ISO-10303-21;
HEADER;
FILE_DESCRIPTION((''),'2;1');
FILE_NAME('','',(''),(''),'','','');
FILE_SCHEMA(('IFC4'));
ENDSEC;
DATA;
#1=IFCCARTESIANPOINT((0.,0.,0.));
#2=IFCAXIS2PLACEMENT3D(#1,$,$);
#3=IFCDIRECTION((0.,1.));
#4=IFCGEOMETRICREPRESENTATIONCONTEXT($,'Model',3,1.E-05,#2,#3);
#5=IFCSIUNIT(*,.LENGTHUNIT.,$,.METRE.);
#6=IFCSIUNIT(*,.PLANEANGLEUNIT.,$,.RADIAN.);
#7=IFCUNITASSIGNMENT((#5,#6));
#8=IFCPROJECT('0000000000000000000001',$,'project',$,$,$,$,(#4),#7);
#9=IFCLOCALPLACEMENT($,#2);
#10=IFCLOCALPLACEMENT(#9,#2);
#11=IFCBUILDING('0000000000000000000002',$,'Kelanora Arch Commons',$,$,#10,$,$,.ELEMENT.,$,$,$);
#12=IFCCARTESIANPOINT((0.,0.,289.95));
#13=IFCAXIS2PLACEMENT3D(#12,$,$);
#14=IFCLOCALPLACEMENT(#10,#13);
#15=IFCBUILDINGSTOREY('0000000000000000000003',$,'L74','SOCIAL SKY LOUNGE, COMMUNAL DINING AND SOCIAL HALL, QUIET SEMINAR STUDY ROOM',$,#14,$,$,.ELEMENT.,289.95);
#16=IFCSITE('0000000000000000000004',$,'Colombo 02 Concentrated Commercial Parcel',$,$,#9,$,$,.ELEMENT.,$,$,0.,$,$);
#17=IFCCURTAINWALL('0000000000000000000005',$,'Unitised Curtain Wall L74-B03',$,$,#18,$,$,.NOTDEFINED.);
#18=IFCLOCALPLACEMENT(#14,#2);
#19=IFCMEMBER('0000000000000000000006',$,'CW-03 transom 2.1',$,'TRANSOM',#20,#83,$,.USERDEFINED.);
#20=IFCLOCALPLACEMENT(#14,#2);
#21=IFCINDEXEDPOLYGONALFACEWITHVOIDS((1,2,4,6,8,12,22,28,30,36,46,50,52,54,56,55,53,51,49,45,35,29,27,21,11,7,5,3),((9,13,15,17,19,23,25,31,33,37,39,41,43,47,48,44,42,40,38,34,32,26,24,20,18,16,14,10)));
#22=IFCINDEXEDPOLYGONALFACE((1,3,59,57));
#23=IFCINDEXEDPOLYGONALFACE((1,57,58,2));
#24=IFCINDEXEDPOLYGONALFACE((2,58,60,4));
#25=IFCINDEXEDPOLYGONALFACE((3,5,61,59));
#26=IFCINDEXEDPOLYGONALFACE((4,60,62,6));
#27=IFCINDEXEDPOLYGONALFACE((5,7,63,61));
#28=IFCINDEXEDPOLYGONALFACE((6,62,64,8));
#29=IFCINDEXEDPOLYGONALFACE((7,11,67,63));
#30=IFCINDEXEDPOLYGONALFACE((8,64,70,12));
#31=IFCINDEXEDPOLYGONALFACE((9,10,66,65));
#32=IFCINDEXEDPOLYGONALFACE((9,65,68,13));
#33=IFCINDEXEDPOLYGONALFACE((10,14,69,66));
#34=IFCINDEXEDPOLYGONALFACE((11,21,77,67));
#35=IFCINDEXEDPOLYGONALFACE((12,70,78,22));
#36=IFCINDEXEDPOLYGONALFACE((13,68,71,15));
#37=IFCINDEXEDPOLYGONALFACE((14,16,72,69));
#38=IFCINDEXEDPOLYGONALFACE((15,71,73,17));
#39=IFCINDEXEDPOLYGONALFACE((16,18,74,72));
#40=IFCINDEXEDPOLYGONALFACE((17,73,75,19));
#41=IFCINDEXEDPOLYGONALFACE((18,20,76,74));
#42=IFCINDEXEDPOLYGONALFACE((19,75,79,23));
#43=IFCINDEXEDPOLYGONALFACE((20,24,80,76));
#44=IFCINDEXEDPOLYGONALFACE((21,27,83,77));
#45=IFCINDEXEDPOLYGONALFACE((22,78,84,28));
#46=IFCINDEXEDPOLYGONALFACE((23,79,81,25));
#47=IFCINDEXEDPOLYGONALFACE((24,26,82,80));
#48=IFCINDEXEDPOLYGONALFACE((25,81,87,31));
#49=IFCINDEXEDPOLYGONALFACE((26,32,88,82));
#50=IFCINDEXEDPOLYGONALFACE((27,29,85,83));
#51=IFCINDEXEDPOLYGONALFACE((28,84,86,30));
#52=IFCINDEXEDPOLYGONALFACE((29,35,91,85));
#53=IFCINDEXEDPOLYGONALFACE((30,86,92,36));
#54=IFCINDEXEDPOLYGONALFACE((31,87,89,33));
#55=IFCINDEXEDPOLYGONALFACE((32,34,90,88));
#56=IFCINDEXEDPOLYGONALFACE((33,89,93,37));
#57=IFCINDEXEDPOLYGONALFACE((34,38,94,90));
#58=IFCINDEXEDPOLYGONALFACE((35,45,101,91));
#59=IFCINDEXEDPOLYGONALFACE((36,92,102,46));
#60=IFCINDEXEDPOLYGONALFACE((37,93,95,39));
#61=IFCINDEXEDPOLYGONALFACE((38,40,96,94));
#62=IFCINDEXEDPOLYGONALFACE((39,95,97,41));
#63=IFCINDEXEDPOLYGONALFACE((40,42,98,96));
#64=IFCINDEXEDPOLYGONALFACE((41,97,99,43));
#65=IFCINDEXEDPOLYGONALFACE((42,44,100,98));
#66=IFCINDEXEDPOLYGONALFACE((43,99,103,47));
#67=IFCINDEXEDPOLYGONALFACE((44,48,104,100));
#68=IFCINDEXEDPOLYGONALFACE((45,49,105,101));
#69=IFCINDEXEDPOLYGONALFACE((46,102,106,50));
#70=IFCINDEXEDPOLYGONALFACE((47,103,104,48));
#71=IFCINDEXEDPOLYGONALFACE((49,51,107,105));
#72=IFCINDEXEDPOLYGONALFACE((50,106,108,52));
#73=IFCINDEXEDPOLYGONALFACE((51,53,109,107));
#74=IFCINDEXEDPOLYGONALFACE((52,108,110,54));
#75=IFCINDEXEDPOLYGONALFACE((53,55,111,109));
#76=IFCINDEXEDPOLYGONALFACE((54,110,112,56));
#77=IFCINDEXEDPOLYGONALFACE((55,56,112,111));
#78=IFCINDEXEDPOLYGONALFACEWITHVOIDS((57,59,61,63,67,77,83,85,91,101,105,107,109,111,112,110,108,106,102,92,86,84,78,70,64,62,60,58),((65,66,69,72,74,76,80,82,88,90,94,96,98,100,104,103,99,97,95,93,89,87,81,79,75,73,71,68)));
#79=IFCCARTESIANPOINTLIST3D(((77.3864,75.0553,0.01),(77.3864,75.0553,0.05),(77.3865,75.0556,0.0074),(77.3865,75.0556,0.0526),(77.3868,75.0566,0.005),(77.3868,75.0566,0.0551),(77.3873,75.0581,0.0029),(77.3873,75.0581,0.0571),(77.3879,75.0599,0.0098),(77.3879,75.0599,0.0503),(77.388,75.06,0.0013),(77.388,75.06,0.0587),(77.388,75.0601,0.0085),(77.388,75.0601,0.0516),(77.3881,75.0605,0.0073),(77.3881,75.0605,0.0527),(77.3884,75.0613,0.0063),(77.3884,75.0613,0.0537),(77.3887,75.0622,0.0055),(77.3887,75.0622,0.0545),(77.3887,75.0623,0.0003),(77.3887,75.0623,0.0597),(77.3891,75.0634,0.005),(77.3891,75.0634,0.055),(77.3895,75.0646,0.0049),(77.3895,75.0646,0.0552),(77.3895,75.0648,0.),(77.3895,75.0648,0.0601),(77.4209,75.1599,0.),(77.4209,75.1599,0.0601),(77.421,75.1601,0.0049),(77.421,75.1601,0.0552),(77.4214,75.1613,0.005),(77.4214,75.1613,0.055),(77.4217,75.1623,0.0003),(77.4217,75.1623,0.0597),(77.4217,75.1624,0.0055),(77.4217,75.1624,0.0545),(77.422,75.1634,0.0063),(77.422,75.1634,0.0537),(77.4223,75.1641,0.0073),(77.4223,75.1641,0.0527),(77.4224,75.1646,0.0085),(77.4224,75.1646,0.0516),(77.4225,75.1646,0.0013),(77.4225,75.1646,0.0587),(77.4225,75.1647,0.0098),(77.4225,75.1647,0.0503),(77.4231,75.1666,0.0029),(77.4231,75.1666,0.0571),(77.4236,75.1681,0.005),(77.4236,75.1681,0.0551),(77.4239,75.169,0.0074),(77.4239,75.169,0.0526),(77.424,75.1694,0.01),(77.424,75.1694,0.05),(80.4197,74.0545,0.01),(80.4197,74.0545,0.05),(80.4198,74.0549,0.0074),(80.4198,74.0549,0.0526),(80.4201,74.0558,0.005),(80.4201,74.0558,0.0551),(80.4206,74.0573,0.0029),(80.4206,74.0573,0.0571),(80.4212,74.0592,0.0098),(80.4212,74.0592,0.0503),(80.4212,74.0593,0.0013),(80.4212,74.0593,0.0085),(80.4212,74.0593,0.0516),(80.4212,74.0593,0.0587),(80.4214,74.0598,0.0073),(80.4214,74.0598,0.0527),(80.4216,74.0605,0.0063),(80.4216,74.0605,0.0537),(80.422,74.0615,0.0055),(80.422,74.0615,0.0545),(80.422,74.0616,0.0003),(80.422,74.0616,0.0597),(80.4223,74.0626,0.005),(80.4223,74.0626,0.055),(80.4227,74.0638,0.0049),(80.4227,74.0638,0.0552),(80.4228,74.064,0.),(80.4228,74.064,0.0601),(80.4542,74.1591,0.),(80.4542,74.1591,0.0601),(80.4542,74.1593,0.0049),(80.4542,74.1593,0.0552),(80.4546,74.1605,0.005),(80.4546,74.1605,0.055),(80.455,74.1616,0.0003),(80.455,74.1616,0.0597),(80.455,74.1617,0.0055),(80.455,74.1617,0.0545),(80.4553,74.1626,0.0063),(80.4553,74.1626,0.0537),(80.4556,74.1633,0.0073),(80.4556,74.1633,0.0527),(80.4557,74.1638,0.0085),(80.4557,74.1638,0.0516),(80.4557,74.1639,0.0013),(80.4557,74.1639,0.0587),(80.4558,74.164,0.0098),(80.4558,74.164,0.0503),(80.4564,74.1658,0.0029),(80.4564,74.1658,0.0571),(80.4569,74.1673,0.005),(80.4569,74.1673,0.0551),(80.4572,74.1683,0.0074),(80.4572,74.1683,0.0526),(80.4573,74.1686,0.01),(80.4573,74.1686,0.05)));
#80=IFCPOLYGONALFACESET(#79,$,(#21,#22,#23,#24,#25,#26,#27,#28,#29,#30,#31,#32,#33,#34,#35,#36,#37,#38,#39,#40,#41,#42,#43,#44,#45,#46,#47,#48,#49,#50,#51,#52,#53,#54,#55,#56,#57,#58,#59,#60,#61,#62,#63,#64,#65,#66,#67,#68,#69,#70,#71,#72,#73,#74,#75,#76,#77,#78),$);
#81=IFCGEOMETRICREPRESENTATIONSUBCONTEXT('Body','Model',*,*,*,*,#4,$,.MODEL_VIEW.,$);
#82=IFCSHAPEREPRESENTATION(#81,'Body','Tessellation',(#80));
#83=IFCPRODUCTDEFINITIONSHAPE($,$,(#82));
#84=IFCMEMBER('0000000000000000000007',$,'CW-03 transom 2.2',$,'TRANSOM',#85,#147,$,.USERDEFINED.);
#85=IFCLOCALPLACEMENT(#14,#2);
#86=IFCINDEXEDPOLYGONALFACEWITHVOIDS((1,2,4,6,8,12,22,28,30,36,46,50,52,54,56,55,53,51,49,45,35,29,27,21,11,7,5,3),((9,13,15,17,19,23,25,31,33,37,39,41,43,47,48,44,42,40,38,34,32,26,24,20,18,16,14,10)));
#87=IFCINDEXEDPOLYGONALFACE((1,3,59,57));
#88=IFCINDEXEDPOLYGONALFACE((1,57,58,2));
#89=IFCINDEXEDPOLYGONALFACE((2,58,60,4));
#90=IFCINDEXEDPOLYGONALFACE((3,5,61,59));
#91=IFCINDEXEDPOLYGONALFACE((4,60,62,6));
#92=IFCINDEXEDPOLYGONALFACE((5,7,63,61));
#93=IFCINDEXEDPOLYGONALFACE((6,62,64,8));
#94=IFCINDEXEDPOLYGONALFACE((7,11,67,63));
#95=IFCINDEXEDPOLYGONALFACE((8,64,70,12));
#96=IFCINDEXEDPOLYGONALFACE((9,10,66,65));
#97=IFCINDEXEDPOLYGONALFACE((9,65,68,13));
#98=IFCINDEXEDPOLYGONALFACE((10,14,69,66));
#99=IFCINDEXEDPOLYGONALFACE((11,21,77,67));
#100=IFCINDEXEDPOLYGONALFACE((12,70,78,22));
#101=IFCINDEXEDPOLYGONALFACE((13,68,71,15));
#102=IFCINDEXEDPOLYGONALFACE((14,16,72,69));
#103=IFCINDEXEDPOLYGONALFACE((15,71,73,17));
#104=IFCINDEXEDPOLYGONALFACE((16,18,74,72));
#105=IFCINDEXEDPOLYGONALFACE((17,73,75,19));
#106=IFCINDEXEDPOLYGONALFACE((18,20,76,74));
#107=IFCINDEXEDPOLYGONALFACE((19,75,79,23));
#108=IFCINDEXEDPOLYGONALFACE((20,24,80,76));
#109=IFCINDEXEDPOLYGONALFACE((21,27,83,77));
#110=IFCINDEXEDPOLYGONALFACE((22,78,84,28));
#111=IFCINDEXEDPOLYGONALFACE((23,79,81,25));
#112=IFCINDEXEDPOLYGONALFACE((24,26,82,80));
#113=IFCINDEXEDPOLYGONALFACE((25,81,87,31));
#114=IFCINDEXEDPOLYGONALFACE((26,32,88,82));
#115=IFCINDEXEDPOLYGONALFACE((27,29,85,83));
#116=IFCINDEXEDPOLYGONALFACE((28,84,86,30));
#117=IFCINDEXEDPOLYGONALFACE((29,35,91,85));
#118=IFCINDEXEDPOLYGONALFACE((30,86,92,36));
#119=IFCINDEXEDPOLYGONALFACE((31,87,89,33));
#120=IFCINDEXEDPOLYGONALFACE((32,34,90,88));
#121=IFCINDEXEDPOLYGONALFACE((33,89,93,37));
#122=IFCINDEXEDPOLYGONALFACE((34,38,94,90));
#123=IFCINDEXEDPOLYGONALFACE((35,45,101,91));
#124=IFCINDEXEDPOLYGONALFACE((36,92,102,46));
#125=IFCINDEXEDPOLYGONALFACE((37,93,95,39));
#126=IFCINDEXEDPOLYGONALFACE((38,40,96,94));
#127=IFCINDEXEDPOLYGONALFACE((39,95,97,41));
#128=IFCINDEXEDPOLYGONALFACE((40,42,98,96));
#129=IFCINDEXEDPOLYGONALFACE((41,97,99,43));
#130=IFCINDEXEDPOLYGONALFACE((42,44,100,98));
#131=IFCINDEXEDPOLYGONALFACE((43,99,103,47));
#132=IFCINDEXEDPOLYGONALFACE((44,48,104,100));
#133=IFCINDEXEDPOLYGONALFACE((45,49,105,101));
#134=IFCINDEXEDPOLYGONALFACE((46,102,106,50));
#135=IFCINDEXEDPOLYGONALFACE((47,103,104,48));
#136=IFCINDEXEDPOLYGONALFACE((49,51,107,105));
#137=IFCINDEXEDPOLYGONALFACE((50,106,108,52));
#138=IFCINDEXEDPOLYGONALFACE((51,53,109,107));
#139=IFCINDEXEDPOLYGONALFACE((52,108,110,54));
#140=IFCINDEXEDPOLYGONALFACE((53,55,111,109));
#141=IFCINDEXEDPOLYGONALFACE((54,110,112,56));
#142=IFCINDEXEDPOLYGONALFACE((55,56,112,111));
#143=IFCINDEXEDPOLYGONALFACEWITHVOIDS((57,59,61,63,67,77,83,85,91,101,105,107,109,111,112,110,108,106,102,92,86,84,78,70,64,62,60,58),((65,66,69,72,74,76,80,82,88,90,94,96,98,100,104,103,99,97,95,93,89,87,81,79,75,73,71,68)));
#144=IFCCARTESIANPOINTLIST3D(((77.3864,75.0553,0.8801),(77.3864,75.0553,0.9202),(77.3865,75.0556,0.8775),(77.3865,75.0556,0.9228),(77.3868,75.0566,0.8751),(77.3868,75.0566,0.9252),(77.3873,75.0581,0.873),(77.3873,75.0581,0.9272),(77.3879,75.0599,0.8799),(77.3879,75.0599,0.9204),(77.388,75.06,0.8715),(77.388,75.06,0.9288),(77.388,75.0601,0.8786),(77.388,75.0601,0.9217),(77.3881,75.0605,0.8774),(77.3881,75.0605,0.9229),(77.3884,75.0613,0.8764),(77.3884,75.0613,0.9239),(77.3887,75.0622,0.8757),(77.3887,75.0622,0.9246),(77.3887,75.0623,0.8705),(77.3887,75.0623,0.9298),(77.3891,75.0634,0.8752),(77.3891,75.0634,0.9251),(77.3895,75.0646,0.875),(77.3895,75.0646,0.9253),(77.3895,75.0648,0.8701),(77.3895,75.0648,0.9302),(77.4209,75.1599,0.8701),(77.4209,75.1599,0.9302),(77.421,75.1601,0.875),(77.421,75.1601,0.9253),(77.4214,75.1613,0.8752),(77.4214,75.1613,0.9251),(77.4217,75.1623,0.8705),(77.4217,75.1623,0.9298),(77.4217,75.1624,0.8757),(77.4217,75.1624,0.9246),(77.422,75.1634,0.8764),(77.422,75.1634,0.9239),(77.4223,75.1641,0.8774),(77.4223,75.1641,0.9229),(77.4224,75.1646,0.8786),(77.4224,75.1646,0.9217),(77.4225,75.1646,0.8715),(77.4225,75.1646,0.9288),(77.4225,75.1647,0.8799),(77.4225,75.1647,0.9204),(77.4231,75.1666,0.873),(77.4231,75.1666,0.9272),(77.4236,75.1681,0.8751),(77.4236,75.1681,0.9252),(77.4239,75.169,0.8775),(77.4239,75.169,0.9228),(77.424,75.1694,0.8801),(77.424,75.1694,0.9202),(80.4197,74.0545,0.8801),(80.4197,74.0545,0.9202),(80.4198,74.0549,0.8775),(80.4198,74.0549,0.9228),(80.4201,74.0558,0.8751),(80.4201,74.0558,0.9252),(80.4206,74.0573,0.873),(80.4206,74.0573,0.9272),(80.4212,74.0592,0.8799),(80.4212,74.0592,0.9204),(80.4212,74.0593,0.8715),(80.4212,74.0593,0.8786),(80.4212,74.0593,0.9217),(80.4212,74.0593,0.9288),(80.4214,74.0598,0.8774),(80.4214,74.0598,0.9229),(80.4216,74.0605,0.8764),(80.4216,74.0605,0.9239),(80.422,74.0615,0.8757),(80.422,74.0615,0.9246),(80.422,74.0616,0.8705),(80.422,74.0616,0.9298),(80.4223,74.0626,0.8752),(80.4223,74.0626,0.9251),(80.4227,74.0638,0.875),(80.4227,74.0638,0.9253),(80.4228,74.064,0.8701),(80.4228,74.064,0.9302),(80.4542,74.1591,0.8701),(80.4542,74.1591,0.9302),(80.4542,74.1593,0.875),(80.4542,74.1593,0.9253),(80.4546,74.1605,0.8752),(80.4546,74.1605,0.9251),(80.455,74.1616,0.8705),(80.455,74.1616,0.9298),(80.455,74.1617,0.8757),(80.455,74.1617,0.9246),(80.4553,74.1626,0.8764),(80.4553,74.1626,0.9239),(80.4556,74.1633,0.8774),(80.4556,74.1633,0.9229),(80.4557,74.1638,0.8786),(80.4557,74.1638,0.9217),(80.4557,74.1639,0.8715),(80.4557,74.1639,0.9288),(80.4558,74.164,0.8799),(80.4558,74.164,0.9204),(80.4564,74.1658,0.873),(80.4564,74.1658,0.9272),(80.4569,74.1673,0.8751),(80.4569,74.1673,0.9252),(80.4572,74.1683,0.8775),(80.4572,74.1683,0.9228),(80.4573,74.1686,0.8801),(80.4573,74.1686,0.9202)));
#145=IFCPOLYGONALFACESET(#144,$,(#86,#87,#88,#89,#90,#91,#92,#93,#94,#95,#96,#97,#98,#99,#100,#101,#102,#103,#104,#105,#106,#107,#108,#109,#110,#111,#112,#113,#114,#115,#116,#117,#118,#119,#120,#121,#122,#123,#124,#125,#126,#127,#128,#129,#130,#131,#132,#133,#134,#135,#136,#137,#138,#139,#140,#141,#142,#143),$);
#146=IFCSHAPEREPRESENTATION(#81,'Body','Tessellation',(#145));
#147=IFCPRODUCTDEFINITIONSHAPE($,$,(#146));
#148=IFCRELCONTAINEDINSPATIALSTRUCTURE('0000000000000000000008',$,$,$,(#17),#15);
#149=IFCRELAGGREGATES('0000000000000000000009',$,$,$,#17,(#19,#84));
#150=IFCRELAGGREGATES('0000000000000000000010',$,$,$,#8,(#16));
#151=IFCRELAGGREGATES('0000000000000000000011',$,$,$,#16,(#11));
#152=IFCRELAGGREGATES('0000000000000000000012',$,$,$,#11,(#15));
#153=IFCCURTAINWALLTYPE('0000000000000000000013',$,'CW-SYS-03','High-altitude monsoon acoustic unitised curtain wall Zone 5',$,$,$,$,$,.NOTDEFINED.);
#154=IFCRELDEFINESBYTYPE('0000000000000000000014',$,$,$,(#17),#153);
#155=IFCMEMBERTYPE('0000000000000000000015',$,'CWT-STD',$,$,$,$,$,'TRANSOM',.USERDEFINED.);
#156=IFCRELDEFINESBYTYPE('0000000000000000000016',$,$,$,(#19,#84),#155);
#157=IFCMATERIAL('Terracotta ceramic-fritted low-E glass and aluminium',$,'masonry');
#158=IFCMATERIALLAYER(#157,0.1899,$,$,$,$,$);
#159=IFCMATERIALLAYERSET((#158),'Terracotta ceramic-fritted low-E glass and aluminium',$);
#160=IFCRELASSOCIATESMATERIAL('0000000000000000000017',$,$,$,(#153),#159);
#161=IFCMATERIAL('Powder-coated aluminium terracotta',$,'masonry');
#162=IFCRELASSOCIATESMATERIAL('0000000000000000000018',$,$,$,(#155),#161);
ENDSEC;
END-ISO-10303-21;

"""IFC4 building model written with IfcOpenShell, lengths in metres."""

from ifc_helpers import new_model, si_unit, direction, frame, origin, origin_2d, place, context, subcontext, project, spatial, hollow_rectangle, extrude, material, layer, layer_set, material_profile, profile_set, type_object, element, aggregate, save


model = new_model("IFC4")

# Units and contexts
model_context = context("Model", 3, precision=1e-05, world=origin(), true_north=direction((0.0, 1.0)))
body_context = subcontext(model_context, "Body", "Model", "MODEL_VIEW")
ifc_project = project(units=[si_unit("LENGTHUNIT", "METRE"), si_unit("PLANEANGLEUNIT", "RADIAN")], contexts=[model_context])

# Site, building, storey
site_placement = place(None, origin())
site = spatial("IfcSite", under=ifc_project, at=site_placement, Name="Colombo 02 Concentrated Commercial Parcel", CompositionType="ELEMENT", RefElevation=0.0)
building_placement = place(site_placement, origin())
building = spatial("IfcBuilding", under=site, at=building_placement, Name="Kelanora Arch Commons", CompositionType="ELEMENT")
storey_placement = place(building_placement, frame((0.0, 0.0, 289.95)))
storey = spatial("IfcBuildingStorey", under=building, at=storey_placement, Name="L74", Description="SOCIAL SKY LOUNGE, COMMUNAL DINING AND SOCIAL HALL, QUIET SEMINAR STUDY ROOM", CompositionType="ELEMENT", Elevation=289.95)

# Curtain wall, members
ifc_material_1 = material(Name="Terracotta ceramic-fritted low-E glass and aluminium", Category="masonry")
ifc_layer_1 = layer(ifc_material_1, 0.1899)
ifc_layer_set_1 = layer_set([ifc_layer_1], Name="Terracotta ceramic-fritted low-E glass and aluminium")
curtain_wall_type = type_object("IfcCurtainWallType", Name="CW-SYS-03", Description="High-altitude monsoon acoustic unitised curtain wall Zone 5", PredefinedType="NOTDEFINED", material=ifc_layer_set_1)
curtain_wall_placement = place(storey_placement, origin())
curtain_wall = element("IfcCurtainWall", 1, at=curtain_wall_placement, inside=storey, type_object=curtain_wall_type, Name="Unitised Curtain Wall L74-B03", PredefinedType="NOTDEFINED")
ifc_material_2 = material(Name="Powder-coated aluminium terracotta", Category="masonry")
ifc_material_profile_1 = material_profile(ifc_material_2, hollow_rectangle(XDim=0.1201, YDim=0.0601, WallThickness=0.0049, InnerFilletRadius=0.0049, OuterFilletRadius=0.01, at=origin_2d()), Name="CWT120x60")
ifc_profile_set_1 = profile_set([ifc_material_profile_1], Name="Powder-coated aluminium terracotta")
member_type_1 = type_object("IfcMemberType", Name="CWT-STD", ElementType="TRANSOM", PredefinedType="USERDEFINED", material=ifc_profile_set_1)
member_1_placement = place(storey_placement, frame((80.4385, 74.1116, 0.03), z_axis=(-0.94965, 0.313314, 0.0), x_axis=(-0.313314, -0.94965, 0.0)))
member_1 = element("IfcMember", 2, at=member_1_placement, type_object=member_type_1, Name="CW-03 transom 2.1", ObjectType="TRANSOM", PredefinedType="USERDEFINED", context=body_context, shape_type="SweptSolid", body=[
    extrude(hollow_rectangle(XDim=0.1201, YDim=0.0601, WallThickness=0.0049, InnerFilletRadius=0.0049, OuterFilletRadius=0.01, at=origin_2d()), origin(), (0.0, 0.0, 1.0), 3.1941),
])
member_2_placement = place(storey_placement, frame((80.4385, 74.1116, 0.9001), z_axis=(-0.94965, 0.313314, 0.0), x_axis=(-0.313314, -0.94965, 0.0)))
member_2 = element("IfcMember", 3, at=member_2_placement, type_object=member_type_1, Name="CW-03 transom 2.2", ObjectType="TRANSOM", PredefinedType="USERDEFINED", context=body_context, shape_type="SweptSolid", body=[
    extrude(hollow_rectangle(XDim=0.1201, YDim=0.0601, WallThickness=0.0049, InnerFilletRadius=0.0049, OuterFilletRadius=0.01, at=origin_2d()), origin(), (0.0, 0.0, 1.0), 3.1941),
])
aggregate(curtain_wall, [member_1, member_2])

save(model, "model.ifc")
